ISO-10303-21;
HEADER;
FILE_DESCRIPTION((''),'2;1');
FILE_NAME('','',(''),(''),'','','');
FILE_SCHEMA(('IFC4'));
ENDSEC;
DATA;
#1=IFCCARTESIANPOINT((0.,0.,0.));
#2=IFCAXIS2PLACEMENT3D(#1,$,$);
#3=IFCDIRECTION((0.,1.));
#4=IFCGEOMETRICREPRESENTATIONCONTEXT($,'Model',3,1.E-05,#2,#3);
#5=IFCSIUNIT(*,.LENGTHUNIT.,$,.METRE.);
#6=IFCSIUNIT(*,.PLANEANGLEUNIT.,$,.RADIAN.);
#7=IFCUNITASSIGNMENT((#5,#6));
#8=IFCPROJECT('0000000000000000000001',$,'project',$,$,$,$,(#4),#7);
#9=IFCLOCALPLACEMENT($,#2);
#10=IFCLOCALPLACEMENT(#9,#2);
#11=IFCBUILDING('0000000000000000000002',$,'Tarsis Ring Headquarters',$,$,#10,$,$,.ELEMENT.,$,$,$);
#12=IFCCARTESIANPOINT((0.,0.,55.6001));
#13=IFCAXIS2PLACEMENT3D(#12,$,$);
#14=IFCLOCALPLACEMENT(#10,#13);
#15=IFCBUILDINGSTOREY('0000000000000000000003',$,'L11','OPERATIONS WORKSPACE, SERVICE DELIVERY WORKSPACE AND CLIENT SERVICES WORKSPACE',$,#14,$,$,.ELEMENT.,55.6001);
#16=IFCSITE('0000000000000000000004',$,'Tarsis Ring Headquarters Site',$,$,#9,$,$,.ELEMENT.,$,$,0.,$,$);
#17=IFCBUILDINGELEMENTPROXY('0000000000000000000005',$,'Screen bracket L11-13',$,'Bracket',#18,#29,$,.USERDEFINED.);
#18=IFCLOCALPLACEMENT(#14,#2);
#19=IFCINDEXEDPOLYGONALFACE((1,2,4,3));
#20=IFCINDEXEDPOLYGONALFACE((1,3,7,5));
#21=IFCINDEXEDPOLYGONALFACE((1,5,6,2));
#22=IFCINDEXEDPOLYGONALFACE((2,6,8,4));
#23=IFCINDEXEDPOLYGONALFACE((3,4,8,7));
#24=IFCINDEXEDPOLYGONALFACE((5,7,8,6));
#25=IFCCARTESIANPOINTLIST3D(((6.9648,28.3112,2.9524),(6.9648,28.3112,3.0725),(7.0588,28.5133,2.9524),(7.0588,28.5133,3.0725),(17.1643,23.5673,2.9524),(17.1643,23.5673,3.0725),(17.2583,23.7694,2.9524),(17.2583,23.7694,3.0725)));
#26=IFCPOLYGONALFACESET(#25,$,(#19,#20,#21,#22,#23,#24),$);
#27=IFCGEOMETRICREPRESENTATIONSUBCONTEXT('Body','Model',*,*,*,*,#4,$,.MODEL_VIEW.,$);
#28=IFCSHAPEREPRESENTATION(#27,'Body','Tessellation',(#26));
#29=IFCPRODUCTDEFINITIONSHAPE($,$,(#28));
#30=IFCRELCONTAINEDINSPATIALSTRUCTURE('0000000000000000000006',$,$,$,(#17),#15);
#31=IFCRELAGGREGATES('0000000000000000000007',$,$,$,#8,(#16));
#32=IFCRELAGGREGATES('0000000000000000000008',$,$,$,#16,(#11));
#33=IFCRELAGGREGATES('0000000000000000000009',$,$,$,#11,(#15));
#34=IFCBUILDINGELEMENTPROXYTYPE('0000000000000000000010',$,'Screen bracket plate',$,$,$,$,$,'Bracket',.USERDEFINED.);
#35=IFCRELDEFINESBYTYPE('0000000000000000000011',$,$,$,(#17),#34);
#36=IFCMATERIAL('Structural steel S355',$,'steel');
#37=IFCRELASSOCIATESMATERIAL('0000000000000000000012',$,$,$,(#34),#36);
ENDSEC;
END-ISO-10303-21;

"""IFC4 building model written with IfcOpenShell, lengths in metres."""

from ifc_helpers import new_model, si_unit, direction, frame, origin, origin_2d, place, context, subcontext, project, spatial, rectangle, extrude, material, type_object, element, save


model = new_model("IFC4")

# Units and contexts
model_context = context("Model", 3, precision=1e-05, world=origin(), true_north=direction((0.0, 1.0)))
body_context = subcontext(model_context, "Body", "Model", "MODEL_VIEW")
ifc_project = project(units=[si_unit("LENGTHUNIT", "METRE"), si_unit("PLANEANGLEUNIT", "RADIAN")], contexts=[model_context])

# Site, building, storey
site_placement = place(None, origin())
site = spatial("IfcSite", under=ifc_project, at=site_placement, Name="Tarsis Ring Headquarters Site", CompositionType="ELEMENT", RefElevation=0.0)
building_placement = place(site_placement, origin())
building = spatial("IfcBuilding", under=site, at=building_placement, Name="Tarsis Ring Headquarters", CompositionType="ELEMENT")
storey_placement = place(building_placement, frame((0.0, 0.0, 55.6001)))
storey = spatial("IfcBuildingStorey", under=building, at=storey_placement, Name="L11", Description="OPERATIONS WORKSPACE, SERVICE DELIVERY WORKSPACE AND CLIENT SERVICES WORKSPACE", CompositionType="ELEMENT", Elevation=55.6001)

# Shared definitions
ifc_material_1 = material(Name="Structural steel S355", Category="steel")

# Building element proxy
building_element_proxy_type = type_object("IfcBuildingElementProxyType", Name="Screen bracket plate", ElementType="Bracket", PredefinedType="USERDEFINED", material=ifc_material_1)
proxy_placement = place(storey_placement, frame((12.1116, 26.0403, 2.9524), z_axis=(0.0, 0.0, 1.0), x_axis=(-0.906722, 0.421729, 0.0)))
element("IfcBuildingElementProxy", 1, at=proxy_placement, inside=storey, type_object=building_element_proxy_type, Name="Screen bracket L11-13", ObjectType="Bracket", PredefinedType="USERDEFINED", context=body_context, shape_type="SweptSolid", body=[
    extrude(rectangle(XDim=11.2488, YDim=0.2229, at=origin_2d()), origin(), (0.0, 0.0, 1.0), 0.1201),
])

save(model, "model.ifc")
